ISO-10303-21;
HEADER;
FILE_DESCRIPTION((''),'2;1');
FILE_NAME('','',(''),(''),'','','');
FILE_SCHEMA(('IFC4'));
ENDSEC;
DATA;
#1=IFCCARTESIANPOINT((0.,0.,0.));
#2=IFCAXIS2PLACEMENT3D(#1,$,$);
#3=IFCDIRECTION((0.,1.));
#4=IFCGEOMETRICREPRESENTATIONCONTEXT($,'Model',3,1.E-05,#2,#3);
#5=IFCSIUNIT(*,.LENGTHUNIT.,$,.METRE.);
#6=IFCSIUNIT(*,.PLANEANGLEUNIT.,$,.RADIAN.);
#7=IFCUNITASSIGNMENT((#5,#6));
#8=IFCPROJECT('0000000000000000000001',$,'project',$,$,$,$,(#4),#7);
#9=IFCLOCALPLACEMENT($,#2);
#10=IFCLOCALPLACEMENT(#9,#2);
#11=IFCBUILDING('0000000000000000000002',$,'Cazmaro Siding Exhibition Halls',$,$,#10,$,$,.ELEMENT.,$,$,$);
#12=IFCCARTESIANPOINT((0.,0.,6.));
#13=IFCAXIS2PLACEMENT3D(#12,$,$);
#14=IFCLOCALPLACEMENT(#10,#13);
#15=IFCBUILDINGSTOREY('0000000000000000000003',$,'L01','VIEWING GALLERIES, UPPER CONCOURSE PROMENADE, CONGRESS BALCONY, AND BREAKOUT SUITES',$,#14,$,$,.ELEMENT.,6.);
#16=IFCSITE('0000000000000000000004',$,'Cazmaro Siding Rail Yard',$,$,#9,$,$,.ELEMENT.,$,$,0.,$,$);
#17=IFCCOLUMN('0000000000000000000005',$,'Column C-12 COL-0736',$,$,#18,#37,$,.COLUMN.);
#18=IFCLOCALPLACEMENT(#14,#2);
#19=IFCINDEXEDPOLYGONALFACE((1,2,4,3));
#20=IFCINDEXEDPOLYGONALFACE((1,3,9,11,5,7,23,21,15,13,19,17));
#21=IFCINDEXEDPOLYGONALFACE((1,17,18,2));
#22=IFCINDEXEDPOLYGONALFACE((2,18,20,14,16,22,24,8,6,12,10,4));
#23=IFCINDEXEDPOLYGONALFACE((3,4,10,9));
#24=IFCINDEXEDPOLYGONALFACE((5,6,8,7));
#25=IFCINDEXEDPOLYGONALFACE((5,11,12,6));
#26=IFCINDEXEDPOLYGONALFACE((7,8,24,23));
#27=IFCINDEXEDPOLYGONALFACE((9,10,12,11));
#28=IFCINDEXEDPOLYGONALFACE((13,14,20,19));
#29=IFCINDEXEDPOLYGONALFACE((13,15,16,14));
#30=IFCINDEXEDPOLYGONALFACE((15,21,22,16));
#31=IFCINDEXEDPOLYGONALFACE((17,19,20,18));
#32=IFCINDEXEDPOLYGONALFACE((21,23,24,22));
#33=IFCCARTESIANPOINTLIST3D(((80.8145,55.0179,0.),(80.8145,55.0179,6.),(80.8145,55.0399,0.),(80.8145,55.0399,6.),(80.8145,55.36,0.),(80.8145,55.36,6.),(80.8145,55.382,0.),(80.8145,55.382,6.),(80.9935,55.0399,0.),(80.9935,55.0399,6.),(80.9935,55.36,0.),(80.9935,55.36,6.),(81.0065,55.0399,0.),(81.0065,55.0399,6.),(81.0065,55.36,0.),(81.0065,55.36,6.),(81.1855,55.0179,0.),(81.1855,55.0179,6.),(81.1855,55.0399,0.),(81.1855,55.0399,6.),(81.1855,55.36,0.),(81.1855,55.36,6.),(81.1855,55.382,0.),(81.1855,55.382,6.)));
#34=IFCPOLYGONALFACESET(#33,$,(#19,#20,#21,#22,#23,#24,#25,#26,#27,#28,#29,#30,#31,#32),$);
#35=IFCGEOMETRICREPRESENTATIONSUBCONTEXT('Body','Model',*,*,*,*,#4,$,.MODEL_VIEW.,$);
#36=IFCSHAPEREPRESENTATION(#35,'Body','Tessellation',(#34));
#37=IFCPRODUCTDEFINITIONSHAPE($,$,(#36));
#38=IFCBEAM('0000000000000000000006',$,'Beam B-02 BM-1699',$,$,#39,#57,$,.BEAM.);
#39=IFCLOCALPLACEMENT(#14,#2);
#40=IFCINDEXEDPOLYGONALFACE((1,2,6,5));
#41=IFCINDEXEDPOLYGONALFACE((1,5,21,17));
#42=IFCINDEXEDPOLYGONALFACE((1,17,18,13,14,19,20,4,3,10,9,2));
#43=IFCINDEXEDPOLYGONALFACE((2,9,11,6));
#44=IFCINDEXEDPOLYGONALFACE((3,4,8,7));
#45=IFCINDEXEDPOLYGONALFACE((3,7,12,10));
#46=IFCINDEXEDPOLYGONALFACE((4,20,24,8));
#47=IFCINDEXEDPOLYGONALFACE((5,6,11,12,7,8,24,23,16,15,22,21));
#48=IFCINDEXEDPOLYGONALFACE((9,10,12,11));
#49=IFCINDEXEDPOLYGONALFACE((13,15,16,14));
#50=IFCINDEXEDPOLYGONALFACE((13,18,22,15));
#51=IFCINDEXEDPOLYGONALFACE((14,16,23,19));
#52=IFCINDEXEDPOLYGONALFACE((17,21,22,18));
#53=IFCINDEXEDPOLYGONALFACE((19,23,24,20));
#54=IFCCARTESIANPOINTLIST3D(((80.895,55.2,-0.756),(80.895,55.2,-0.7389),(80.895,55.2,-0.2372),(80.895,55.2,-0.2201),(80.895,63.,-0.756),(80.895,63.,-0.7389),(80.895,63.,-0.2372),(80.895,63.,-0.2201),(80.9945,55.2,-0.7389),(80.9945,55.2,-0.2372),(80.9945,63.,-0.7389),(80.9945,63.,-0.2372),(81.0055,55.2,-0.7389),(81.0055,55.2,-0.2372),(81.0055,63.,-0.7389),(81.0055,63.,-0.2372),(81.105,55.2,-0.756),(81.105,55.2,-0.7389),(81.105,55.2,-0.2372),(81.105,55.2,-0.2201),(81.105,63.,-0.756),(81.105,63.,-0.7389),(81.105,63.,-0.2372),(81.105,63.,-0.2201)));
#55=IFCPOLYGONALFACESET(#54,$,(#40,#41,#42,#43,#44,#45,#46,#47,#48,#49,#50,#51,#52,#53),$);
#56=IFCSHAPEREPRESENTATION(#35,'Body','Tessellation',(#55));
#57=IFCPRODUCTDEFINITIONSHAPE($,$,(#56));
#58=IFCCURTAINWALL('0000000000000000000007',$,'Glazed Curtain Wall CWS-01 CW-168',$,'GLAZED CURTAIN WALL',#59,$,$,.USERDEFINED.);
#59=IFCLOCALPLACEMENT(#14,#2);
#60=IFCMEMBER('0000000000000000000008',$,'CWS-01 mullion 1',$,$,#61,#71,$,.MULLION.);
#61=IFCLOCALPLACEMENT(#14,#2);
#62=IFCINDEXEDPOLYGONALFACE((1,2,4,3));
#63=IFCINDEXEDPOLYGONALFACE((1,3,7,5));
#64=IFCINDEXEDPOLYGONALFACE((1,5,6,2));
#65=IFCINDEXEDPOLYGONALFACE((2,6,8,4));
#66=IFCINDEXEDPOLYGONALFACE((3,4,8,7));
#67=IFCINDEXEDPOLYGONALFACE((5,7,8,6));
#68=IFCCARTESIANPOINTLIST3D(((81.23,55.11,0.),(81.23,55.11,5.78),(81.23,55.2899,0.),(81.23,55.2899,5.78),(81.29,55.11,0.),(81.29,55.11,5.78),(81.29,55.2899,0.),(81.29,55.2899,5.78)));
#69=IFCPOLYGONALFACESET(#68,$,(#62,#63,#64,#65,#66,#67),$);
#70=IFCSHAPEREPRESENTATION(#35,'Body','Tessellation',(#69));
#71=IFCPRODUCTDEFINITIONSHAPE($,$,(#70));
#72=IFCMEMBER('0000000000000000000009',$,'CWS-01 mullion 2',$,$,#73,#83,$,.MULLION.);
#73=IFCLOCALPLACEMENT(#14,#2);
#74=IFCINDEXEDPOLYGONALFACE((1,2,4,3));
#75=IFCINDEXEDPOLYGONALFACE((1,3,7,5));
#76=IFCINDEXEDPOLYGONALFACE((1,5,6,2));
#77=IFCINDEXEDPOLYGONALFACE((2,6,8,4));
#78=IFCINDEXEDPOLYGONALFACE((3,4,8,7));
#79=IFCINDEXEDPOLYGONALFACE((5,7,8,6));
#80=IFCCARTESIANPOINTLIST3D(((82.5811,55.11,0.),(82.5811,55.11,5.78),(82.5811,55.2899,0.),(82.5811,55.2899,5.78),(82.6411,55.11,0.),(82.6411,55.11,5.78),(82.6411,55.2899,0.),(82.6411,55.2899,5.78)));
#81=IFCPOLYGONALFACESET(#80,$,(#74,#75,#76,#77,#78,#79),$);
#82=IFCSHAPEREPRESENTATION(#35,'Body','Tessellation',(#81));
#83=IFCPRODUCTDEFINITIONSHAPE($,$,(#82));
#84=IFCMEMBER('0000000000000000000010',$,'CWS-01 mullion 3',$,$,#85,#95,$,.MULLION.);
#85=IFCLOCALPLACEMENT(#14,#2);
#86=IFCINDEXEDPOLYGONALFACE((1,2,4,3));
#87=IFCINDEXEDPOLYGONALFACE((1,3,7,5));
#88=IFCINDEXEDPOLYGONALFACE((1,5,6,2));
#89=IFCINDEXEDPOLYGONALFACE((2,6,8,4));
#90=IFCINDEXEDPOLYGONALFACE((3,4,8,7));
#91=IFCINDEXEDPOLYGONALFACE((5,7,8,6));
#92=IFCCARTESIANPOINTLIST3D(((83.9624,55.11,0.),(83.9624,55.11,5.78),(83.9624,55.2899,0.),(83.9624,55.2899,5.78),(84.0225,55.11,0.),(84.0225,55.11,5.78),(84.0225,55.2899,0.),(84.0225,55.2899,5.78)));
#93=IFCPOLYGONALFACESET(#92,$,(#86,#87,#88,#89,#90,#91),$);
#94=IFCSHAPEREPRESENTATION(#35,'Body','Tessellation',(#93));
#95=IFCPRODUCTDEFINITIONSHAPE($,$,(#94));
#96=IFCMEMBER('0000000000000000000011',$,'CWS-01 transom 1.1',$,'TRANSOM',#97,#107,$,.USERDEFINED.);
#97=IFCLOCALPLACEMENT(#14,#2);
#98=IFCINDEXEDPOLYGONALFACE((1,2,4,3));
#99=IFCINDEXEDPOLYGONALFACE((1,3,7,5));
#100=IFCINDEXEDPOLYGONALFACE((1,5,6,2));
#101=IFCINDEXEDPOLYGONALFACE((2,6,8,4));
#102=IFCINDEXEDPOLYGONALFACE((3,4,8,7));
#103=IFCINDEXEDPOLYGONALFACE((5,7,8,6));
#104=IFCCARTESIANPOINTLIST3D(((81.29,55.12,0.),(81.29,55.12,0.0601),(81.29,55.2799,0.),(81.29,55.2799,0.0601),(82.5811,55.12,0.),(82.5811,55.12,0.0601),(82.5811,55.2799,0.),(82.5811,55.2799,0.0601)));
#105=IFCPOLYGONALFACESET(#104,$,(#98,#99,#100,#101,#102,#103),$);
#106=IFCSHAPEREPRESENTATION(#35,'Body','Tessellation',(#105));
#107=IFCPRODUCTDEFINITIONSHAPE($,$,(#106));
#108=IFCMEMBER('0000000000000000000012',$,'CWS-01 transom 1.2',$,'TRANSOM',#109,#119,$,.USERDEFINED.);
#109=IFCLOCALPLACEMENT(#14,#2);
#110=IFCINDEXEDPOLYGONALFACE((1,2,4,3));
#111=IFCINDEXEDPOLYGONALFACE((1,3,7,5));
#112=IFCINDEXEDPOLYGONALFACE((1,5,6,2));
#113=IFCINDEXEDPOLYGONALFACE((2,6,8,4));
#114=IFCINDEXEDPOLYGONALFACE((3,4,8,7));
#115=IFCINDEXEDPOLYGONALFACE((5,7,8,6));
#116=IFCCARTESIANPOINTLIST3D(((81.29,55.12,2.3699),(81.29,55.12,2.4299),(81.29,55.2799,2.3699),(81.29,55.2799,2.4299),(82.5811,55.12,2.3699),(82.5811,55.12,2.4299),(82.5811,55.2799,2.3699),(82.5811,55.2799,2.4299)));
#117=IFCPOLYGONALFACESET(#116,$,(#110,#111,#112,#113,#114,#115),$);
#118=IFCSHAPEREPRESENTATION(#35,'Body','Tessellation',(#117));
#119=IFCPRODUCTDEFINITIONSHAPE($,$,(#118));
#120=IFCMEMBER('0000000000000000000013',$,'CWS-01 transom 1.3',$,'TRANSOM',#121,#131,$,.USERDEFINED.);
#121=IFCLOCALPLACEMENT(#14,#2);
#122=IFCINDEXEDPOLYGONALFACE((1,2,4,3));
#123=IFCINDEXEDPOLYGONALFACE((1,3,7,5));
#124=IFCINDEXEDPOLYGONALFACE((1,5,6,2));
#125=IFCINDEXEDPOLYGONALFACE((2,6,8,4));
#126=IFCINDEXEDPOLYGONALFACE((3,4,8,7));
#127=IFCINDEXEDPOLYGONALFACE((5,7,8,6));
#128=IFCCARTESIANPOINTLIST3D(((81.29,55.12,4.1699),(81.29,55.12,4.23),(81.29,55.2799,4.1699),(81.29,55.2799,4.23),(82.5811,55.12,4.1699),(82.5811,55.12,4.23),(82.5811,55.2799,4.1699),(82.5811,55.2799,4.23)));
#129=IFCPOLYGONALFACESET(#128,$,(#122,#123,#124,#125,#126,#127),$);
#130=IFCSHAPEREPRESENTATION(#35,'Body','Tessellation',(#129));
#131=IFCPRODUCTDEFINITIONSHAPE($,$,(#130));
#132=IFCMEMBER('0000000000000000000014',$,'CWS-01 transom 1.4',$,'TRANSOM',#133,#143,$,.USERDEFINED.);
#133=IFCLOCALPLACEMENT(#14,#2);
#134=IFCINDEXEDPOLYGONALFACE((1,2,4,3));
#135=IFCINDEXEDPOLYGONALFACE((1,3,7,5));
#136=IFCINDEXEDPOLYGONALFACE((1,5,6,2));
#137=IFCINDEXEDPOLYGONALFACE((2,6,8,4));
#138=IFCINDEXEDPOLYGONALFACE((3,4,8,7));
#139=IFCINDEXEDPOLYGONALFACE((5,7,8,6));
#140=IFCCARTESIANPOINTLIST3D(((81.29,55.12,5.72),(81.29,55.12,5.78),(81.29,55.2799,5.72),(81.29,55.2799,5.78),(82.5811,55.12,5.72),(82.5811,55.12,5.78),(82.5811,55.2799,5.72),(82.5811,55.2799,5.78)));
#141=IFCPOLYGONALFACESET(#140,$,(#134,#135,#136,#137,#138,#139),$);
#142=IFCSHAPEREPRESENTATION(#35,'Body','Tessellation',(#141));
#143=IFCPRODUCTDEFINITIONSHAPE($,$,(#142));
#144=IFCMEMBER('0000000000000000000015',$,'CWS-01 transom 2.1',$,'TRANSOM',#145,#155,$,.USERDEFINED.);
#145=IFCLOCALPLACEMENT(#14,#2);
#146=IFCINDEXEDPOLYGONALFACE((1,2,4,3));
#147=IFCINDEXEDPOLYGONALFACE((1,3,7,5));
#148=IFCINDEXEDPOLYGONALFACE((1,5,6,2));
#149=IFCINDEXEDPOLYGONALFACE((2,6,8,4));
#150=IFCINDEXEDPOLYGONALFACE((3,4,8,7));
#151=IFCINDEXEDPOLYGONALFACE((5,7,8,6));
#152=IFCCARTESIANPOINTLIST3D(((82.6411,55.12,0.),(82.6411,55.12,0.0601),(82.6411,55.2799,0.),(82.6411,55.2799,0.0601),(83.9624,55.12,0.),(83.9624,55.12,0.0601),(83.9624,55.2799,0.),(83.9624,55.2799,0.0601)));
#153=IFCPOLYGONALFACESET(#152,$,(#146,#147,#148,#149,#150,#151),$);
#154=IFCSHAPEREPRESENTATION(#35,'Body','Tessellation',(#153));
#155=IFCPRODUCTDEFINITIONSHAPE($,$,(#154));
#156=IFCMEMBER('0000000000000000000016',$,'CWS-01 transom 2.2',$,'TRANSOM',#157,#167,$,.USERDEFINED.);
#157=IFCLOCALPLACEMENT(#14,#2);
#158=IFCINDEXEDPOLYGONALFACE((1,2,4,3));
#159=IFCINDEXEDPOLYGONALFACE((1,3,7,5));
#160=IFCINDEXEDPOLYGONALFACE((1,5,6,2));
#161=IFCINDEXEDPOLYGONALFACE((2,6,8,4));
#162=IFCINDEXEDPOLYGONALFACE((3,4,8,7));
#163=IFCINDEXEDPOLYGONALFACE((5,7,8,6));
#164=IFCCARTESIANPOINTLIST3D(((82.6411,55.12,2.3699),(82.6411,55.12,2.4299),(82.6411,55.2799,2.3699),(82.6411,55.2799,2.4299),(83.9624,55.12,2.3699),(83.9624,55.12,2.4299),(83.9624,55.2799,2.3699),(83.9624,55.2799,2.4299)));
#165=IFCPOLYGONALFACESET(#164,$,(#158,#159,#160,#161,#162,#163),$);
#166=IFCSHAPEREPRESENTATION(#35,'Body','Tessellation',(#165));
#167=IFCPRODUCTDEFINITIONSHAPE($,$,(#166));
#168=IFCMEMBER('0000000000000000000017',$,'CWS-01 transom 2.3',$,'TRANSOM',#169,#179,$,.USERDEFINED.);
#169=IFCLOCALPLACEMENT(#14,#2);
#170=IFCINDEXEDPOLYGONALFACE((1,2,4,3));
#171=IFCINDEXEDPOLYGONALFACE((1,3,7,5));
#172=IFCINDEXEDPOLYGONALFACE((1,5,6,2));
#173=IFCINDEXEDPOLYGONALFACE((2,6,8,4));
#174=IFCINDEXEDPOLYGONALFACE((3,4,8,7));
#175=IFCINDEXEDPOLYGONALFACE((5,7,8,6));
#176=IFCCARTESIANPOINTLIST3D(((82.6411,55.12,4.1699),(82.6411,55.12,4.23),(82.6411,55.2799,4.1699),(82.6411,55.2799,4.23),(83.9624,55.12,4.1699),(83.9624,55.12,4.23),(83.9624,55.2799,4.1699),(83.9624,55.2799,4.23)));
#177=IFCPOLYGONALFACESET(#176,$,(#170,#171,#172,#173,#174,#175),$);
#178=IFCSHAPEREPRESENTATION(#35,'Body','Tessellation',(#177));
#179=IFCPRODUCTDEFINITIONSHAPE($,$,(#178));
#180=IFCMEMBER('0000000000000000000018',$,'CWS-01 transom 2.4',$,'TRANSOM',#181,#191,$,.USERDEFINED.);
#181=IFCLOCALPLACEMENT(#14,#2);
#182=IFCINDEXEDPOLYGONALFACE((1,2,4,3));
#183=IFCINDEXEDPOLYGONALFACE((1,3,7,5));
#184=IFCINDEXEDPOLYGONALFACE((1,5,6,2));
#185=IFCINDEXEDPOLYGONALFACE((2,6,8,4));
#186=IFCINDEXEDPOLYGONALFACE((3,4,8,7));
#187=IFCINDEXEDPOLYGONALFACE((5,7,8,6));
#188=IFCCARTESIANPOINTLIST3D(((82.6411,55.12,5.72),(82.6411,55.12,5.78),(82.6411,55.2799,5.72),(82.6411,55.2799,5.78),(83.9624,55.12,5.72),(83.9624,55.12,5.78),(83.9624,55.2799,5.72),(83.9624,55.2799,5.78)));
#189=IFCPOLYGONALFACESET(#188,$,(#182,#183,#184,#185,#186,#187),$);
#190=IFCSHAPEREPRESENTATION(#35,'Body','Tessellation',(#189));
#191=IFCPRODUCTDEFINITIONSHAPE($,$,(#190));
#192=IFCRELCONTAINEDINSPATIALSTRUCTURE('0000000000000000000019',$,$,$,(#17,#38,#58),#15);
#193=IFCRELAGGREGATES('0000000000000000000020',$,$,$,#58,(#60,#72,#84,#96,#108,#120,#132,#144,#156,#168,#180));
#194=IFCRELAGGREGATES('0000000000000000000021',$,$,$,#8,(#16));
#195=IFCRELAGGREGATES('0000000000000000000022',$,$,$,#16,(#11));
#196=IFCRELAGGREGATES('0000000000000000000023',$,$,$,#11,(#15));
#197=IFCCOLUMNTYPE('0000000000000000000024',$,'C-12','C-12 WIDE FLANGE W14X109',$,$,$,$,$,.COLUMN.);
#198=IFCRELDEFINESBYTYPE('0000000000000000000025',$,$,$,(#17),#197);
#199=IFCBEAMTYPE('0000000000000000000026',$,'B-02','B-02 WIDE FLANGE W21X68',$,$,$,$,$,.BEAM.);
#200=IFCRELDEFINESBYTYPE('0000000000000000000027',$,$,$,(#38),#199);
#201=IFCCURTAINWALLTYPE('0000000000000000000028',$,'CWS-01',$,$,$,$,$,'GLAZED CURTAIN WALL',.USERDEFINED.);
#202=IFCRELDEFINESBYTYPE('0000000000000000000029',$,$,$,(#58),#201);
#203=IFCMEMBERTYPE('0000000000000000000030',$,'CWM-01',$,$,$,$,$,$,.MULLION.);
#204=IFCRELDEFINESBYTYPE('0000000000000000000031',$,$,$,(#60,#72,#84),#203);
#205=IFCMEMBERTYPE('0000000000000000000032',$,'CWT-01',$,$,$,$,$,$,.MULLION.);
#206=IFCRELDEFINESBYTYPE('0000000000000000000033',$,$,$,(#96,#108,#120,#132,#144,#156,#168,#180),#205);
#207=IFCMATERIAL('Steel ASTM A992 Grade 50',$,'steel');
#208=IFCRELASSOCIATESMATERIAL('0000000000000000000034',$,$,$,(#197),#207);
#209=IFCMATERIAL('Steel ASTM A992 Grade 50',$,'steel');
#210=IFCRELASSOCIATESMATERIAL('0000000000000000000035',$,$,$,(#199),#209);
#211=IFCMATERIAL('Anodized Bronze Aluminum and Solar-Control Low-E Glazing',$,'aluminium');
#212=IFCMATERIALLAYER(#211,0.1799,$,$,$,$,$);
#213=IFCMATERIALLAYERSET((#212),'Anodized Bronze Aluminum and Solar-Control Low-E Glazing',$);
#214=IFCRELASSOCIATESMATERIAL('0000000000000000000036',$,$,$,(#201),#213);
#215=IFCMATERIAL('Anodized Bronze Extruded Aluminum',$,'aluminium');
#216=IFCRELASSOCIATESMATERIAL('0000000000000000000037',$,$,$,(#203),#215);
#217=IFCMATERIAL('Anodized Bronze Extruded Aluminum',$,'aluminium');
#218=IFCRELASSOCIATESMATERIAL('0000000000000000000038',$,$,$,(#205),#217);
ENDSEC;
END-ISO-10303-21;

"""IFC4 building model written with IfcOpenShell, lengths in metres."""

from ifc_helpers import new_model, si_unit, direction, frame, origin, origin_2d, place, context, subcontext, project, spatial, rectangle, i_section, extrude, material, layer, layer_set, material_profile, profile_set, type_object, element, aggregate, save


model = new_model("IFC4")

# Units and contexts
model_context = context("Model", 3, precision=1e-05, world=origin(), true_north=direction((0.0, 1.0)))
body_context = subcontext(model_context, "Body", "Model", "MODEL_VIEW")
ifc_project = project(units=[si_unit("LENGTHUNIT", "METRE"), si_unit("PLANEANGLEUNIT", "RADIAN")], contexts=[model_context])

# Site, building, storey
site_placement = place(None, origin())
site = spatial("IfcSite", under=ifc_project, at=site_placement, Name="Cazmaro Siding Rail Yard", CompositionType="ELEMENT", RefElevation=0.0)
building_placement = place(site_placement, origin())
building = spatial("IfcBuilding", under=site, at=building_placement, Name="Cazmaro Siding Exhibition Halls", CompositionType="ELEMENT")
storey_placement = place(building_placement, frame((0.0, 0.0, 6.0)))
storey = spatial("IfcBuildingStorey", under=building, at=storey_placement, Name="L01", Description="VIEWING GALLERIES, UPPER CONCOURSE PROMENADE, CONGRESS BALCONY, AND BREAKOUT SUITES", CompositionType="ELEMENT", Elevation=6.0)

# Column
ifc_material_1 = material(Name="Steel ASTM A992 Grade 50", Category="steel")
ifc_material_profile_1 = material_profile(ifc_material_1, i_section(OverallWidth=0.3711, OverallDepth=0.364, WebThickness=0.0129, FlangeThickness=0.022, at=origin_2d()), Name="W14X109")
ifc_profile_set_1 = profile_set([ifc_material_profile_1], Name="Steel ASTM A992 Grade 50")
column_type = type_object("IfcColumnType", Name="C-12", Description="C-12 WIDE FLANGE W14X109", PredefinedType="COLUMN", material=ifc_profile_set_1)
column_placement = place(storey_placement, frame((81.0, 55.2, 0.0), z_axis=(0.0, 0.0, 1.0), x_axis=(1.0, 0.0, 0.0)))
element("IfcColumn", 1, at=column_placement, inside=storey, type_object=column_type, Name="Column C-12 COL-0736", PredefinedType="COLUMN", context=body_context, shape_type="SweptSolid", body=[
    extrude(i_section(OverallWidth=0.3711, OverallDepth=0.364, WebThickness=0.0129, FlangeThickness=0.022, at=origin_2d()), origin(), (0.0, 0.0, 1.0), 6.0),
])

# Beam
ifc_material_2 = material(Name="Steel ASTM A992 Grade 50", Category="steel")
ifc_material_profile_2 = material_profile(ifc_material_2, i_section(OverallWidth=0.21, OverallDepth=0.5359, WebThickness=0.011, FlangeThickness=0.0171, at=origin_2d()), Name="W21X68")
ifc_profile_set_2 = profile_set([ifc_material_profile_2], Name="Steel ASTM A992 Grade 50")
beam_type_1 = type_object("IfcBeamType", Name="B-02", Description="B-02 WIDE FLANGE W21X68", PredefinedType="BEAM", material=ifc_profile_set_2)
beam_1_placement = place(storey_placement, frame((81.0, 55.2, -0.488), z_axis=(0.0, 1.0, 0.0), x_axis=(-1.0, 0.0, 0.0)))
element("IfcBeam", 2, at=beam_1_placement, inside=storey, type_object=beam_type_1, Name="Beam B-02 BM-1699", PredefinedType="BEAM", context=body_context, shape_type="SweptSolid", body=[
    extrude(i_section(OverallWidth=0.21, OverallDepth=0.5359, WebThickness=0.011, FlangeThickness=0.0171, at=origin_2d()), origin(), (0.0, 0.0, 1.0), 7.8),
])

# Curtain wall, members
ifc_material_3 = material(Name="Anodized Bronze Aluminum and Solar-Control Low-E Glazing", Category="aluminium")
ifc_layer_1 = layer(ifc_material_3, 0.1799)
ifc_layer_set_1 = layer_set([ifc_layer_1], Name="Anodized Bronze Aluminum and Solar-Control Low-E Glazing")
curtain_wall_type = type_object("IfcCurtainWallType", Name="CWS-01", ElementType="GLAZED CURTAIN WALL", PredefinedType="USERDEFINED", material=ifc_layer_set_1)
curtain_wall_placement = place(storey_placement, origin())
curtain_wall = element("IfcCurtainWall", 3, at=curtain_wall_placement, inside=storey, type_object=curtain_wall_type, Name="Glazed Curtain Wall CWS-01 CW-168", ObjectType="GLAZED CURTAIN WALL", PredefinedType="USERDEFINED")
ifc_material_4 = material(Name="Anodized Bronze Extruded Aluminum", Category="aluminium")
ifc_material_profile_3 = material_profile(ifc_material_4, rectangle(XDim=0.1799, YDim=0.0601, at=origin_2d()), Name="CWM-01")
ifc_profile_set_3 = profile_set([ifc_material_profile_3], Name="Anodized Bronze Extruded Aluminum")
member_type_1 = type_object("IfcMemberType", Name="CWM-01", PredefinedType="MULLION", material=ifc_profile_set_3)
member_1_placement = place(storey_placement, frame((81.26, 55.2, 0.0), z_axis=(0.0, 0.0, 1.0), x_axis=(0.0, 1.0, 0.0)))
member_1 = element("IfcMember", 4, at=member_1_placement, type_object=member_type_1, Name="CWS-01 mullion 1", PredefinedType="MULLION", context=body_context, shape_type="SweptSolid", body=[
    extrude(rectangle(XDim=0.1799, YDim=0.0601, at=origin_2d()), origin(), (0.0, 0.0, 1.0), 5.78),
])
member_2_placement = place(storey_placement, frame((82.6111, 55.2, 0.0), z_axis=(0.0, 0.0, 1.0), x_axis=(0.0, 1.0, 0.0)))
member_2 = element("IfcMember", 5, at=member_2_placement, type_object=member_type_1, Name="CWS-01 mullion 2", PredefinedType="MULLION", context=body_context, shape_type="SweptSolid", body=[
    extrude(rectangle(XDim=0.1799, YDim=0.0601, at=origin_2d()), origin(), (0.0, 0.0, 1.0), 5.78),
])
member_3_placement = place(storey_placement, frame((83.9924, 55.2, 0.0), z_axis=(0.0, 0.0, 1.0), x_axis=(0.0, 1.0, 0.0)))
member_3 = element("IfcMember", 6, at=member_3_placement, type_object=member_type_1, Name="CWS-01 mullion 3", PredefinedType="MULLION", context=body_context, shape_type="SweptSolid", body=[
    extrude(rectangle(XDim=0.1799, YDim=0.0601, at=origin_2d()), origin(), (0.0, 0.0, 1.0), 5.78),
])
ifc_material_5 = material(Name="Anodized Bronze Extruded Aluminum", Category="aluminium")
ifc_material_profile_4 = material_profile(ifc_material_5, rectangle(XDim=0.1599, YDim=0.0601, at=origin_2d()), Name="CWT-01")
ifc_profile_set_4 = profile_set([ifc_material_profile_4], Name="Anodized Bronze Extruded Aluminum")
member_type_2 = type_object("IfcMemberType", Name="CWT-01", PredefinedType="MULLION", material=ifc_profile_set_4)
member_4_placement = place(storey_placement, frame((81.29, 55.2, 0.03), z_axis=(1.0, 0.0, 0.0), x_axis=(0.0, 1.0, 0.0)))
member_4 = element("IfcMember", 7, at=member_4_placement, type_object=member_type_2, Name="CWS-01 transom 1.1", ObjectType="TRANSOM", PredefinedType="USERDEFINED", context=body_context, shape_type="SweptSolid", body=[
    extrude(rectangle(XDim=0.1599, YDim=0.0601, at=origin_2d()), origin(), (0.0, 0.0, 1.0), 1.291),
])
member_5_placement = place(storey_placement, frame((81.29, 55.2, 2.3999), z_axis=(1.0, 0.0, 0.0), x_axis=(0.0, 1.0, 0.0)))
member_5 = element("IfcMember", 8, at=member_5_placement, type_object=member_type_2, Name="CWS-01 transom 1.2", ObjectType="TRANSOM", PredefinedType="USERDEFINED", context=body_context, shape_type="SweptSolid", body=[
    extrude(rectangle(XDim=0.1599, YDim=0.0601, at=origin_2d()), origin(), (0.0, 0.0, 1.0), 1.291),
])
member_6_placement = place(storey_placement, frame((81.29, 55.2, 4.2), z_axis=(1.0, 0.0, 0.0), x_axis=(0.0, 1.0, 0.0)))
member_6 = element("IfcMember", 9, at=member_6_placement, type_object=member_type_2, Name="CWS-01 transom 1.3", ObjectType="TRANSOM", PredefinedType="USERDEFINED", context=body_context, shape_type="SweptSolid", body=[
    extrude(rectangle(XDim=0.1599, YDim=0.0601, at=origin_2d()), origin(), (0.0, 0.0, 1.0), 1.291),
])
member_7_placement = place(storey_placement, frame((81.29, 55.2, 5.75), z_axis=(1.0, 0.0, 0.0), x_axis=(0.0, 1.0, 0.0)))
member_7 = element("IfcMember", 10, at=member_7_placement, type_object=member_type_2, Name="CWS-01 transom 1.4", ObjectType="TRANSOM", PredefinedType="USERDEFINED", context=body_context, shape_type="SweptSolid", body=[
    extrude(rectangle(XDim=0.1599, YDim=0.0601, at=origin_2d()), origin(), (0.0, 0.0, 1.0), 1.291),
])
member_8_placement = place(storey_placement, frame((82.6411, 55.2, 0.03), z_axis=(1.0, 0.0, 0.0), x_axis=(0.0, 1.0, 0.0)))
member_8 = element("IfcMember", 11, at=member_8_placement, type_object=member_type_2, Name="CWS-01 transom 2.1", ObjectType="TRANSOM", PredefinedType="USERDEFINED", context=body_context, shape_type="SweptSolid", body=[
    extrude(rectangle(XDim=0.1599, YDim=0.0601, at=origin_2d()), origin(), (0.0, 0.0, 1.0), 1.3213),
])
member_9_placement = place(storey_placement, frame((82.6411, 55.2, 2.3999), z_axis=(1.0, 0.0, 0.0), x_axis=(0.0, 1.0, 0.0)))
member_9 = element("IfcMember", 12, at=member_9_placement, type_object=member_type_2, Name="CWS-01 transom 2.2", ObjectType="TRANSOM", PredefinedType="USERDEFINED", context=body_context, shape_type="SweptSolid", body=[
    extrude(rectangle(XDim=0.1599, YDim=0.0601, at=origin_2d()), origin(), (0.0, 0.0, 1.0), 1.3213),
])
member_10_placement = place(storey_placement, frame((82.6411, 55.2, 4.2), z_axis=(1.0, 0.0, 0.0), x_axis=(0.0, 1.0, 0.0)))
member_10 = element("IfcMember", 13, at=member_10_placement, type_object=member_type_2, Name="CWS-01 transom 2.3", ObjectType="TRANSOM", PredefinedType="USERDEFINED", context=body_context, shape_type="SweptSolid", body=[
    extrude(rectangle(XDim=0.1599, YDim=0.0601, at=origin_2d()), origin(), (0.0, 0.0, 1.0), 1.3213),
])
member_11_placement = place(storey_placement, frame((82.6411, 55.2, 5.75), z_axis=(1.0, 0.0, 0.0), x_axis=(0.0, 1.0, 0.0)))
member_11 = element("IfcMember", 14, at=member_11_placement, type_object=member_type_2, Name="CWS-01 transom 2.4", ObjectType="TRANSOM", PredefinedType="USERDEFINED", context=body_context, shape_type="SweptSolid", body=[
    extrude(rectangle(XDim=0.1599, YDim=0.0601, at=origin_2d()), origin(), (0.0, 0.0, 1.0), 1.3213),
])

aggregate(curtain_wall, [member_1, member_2, member_3, member_4, member_5, member_6, member_7, member_8, member_9, member_10, member_11])

save(model, "model.ifc")
